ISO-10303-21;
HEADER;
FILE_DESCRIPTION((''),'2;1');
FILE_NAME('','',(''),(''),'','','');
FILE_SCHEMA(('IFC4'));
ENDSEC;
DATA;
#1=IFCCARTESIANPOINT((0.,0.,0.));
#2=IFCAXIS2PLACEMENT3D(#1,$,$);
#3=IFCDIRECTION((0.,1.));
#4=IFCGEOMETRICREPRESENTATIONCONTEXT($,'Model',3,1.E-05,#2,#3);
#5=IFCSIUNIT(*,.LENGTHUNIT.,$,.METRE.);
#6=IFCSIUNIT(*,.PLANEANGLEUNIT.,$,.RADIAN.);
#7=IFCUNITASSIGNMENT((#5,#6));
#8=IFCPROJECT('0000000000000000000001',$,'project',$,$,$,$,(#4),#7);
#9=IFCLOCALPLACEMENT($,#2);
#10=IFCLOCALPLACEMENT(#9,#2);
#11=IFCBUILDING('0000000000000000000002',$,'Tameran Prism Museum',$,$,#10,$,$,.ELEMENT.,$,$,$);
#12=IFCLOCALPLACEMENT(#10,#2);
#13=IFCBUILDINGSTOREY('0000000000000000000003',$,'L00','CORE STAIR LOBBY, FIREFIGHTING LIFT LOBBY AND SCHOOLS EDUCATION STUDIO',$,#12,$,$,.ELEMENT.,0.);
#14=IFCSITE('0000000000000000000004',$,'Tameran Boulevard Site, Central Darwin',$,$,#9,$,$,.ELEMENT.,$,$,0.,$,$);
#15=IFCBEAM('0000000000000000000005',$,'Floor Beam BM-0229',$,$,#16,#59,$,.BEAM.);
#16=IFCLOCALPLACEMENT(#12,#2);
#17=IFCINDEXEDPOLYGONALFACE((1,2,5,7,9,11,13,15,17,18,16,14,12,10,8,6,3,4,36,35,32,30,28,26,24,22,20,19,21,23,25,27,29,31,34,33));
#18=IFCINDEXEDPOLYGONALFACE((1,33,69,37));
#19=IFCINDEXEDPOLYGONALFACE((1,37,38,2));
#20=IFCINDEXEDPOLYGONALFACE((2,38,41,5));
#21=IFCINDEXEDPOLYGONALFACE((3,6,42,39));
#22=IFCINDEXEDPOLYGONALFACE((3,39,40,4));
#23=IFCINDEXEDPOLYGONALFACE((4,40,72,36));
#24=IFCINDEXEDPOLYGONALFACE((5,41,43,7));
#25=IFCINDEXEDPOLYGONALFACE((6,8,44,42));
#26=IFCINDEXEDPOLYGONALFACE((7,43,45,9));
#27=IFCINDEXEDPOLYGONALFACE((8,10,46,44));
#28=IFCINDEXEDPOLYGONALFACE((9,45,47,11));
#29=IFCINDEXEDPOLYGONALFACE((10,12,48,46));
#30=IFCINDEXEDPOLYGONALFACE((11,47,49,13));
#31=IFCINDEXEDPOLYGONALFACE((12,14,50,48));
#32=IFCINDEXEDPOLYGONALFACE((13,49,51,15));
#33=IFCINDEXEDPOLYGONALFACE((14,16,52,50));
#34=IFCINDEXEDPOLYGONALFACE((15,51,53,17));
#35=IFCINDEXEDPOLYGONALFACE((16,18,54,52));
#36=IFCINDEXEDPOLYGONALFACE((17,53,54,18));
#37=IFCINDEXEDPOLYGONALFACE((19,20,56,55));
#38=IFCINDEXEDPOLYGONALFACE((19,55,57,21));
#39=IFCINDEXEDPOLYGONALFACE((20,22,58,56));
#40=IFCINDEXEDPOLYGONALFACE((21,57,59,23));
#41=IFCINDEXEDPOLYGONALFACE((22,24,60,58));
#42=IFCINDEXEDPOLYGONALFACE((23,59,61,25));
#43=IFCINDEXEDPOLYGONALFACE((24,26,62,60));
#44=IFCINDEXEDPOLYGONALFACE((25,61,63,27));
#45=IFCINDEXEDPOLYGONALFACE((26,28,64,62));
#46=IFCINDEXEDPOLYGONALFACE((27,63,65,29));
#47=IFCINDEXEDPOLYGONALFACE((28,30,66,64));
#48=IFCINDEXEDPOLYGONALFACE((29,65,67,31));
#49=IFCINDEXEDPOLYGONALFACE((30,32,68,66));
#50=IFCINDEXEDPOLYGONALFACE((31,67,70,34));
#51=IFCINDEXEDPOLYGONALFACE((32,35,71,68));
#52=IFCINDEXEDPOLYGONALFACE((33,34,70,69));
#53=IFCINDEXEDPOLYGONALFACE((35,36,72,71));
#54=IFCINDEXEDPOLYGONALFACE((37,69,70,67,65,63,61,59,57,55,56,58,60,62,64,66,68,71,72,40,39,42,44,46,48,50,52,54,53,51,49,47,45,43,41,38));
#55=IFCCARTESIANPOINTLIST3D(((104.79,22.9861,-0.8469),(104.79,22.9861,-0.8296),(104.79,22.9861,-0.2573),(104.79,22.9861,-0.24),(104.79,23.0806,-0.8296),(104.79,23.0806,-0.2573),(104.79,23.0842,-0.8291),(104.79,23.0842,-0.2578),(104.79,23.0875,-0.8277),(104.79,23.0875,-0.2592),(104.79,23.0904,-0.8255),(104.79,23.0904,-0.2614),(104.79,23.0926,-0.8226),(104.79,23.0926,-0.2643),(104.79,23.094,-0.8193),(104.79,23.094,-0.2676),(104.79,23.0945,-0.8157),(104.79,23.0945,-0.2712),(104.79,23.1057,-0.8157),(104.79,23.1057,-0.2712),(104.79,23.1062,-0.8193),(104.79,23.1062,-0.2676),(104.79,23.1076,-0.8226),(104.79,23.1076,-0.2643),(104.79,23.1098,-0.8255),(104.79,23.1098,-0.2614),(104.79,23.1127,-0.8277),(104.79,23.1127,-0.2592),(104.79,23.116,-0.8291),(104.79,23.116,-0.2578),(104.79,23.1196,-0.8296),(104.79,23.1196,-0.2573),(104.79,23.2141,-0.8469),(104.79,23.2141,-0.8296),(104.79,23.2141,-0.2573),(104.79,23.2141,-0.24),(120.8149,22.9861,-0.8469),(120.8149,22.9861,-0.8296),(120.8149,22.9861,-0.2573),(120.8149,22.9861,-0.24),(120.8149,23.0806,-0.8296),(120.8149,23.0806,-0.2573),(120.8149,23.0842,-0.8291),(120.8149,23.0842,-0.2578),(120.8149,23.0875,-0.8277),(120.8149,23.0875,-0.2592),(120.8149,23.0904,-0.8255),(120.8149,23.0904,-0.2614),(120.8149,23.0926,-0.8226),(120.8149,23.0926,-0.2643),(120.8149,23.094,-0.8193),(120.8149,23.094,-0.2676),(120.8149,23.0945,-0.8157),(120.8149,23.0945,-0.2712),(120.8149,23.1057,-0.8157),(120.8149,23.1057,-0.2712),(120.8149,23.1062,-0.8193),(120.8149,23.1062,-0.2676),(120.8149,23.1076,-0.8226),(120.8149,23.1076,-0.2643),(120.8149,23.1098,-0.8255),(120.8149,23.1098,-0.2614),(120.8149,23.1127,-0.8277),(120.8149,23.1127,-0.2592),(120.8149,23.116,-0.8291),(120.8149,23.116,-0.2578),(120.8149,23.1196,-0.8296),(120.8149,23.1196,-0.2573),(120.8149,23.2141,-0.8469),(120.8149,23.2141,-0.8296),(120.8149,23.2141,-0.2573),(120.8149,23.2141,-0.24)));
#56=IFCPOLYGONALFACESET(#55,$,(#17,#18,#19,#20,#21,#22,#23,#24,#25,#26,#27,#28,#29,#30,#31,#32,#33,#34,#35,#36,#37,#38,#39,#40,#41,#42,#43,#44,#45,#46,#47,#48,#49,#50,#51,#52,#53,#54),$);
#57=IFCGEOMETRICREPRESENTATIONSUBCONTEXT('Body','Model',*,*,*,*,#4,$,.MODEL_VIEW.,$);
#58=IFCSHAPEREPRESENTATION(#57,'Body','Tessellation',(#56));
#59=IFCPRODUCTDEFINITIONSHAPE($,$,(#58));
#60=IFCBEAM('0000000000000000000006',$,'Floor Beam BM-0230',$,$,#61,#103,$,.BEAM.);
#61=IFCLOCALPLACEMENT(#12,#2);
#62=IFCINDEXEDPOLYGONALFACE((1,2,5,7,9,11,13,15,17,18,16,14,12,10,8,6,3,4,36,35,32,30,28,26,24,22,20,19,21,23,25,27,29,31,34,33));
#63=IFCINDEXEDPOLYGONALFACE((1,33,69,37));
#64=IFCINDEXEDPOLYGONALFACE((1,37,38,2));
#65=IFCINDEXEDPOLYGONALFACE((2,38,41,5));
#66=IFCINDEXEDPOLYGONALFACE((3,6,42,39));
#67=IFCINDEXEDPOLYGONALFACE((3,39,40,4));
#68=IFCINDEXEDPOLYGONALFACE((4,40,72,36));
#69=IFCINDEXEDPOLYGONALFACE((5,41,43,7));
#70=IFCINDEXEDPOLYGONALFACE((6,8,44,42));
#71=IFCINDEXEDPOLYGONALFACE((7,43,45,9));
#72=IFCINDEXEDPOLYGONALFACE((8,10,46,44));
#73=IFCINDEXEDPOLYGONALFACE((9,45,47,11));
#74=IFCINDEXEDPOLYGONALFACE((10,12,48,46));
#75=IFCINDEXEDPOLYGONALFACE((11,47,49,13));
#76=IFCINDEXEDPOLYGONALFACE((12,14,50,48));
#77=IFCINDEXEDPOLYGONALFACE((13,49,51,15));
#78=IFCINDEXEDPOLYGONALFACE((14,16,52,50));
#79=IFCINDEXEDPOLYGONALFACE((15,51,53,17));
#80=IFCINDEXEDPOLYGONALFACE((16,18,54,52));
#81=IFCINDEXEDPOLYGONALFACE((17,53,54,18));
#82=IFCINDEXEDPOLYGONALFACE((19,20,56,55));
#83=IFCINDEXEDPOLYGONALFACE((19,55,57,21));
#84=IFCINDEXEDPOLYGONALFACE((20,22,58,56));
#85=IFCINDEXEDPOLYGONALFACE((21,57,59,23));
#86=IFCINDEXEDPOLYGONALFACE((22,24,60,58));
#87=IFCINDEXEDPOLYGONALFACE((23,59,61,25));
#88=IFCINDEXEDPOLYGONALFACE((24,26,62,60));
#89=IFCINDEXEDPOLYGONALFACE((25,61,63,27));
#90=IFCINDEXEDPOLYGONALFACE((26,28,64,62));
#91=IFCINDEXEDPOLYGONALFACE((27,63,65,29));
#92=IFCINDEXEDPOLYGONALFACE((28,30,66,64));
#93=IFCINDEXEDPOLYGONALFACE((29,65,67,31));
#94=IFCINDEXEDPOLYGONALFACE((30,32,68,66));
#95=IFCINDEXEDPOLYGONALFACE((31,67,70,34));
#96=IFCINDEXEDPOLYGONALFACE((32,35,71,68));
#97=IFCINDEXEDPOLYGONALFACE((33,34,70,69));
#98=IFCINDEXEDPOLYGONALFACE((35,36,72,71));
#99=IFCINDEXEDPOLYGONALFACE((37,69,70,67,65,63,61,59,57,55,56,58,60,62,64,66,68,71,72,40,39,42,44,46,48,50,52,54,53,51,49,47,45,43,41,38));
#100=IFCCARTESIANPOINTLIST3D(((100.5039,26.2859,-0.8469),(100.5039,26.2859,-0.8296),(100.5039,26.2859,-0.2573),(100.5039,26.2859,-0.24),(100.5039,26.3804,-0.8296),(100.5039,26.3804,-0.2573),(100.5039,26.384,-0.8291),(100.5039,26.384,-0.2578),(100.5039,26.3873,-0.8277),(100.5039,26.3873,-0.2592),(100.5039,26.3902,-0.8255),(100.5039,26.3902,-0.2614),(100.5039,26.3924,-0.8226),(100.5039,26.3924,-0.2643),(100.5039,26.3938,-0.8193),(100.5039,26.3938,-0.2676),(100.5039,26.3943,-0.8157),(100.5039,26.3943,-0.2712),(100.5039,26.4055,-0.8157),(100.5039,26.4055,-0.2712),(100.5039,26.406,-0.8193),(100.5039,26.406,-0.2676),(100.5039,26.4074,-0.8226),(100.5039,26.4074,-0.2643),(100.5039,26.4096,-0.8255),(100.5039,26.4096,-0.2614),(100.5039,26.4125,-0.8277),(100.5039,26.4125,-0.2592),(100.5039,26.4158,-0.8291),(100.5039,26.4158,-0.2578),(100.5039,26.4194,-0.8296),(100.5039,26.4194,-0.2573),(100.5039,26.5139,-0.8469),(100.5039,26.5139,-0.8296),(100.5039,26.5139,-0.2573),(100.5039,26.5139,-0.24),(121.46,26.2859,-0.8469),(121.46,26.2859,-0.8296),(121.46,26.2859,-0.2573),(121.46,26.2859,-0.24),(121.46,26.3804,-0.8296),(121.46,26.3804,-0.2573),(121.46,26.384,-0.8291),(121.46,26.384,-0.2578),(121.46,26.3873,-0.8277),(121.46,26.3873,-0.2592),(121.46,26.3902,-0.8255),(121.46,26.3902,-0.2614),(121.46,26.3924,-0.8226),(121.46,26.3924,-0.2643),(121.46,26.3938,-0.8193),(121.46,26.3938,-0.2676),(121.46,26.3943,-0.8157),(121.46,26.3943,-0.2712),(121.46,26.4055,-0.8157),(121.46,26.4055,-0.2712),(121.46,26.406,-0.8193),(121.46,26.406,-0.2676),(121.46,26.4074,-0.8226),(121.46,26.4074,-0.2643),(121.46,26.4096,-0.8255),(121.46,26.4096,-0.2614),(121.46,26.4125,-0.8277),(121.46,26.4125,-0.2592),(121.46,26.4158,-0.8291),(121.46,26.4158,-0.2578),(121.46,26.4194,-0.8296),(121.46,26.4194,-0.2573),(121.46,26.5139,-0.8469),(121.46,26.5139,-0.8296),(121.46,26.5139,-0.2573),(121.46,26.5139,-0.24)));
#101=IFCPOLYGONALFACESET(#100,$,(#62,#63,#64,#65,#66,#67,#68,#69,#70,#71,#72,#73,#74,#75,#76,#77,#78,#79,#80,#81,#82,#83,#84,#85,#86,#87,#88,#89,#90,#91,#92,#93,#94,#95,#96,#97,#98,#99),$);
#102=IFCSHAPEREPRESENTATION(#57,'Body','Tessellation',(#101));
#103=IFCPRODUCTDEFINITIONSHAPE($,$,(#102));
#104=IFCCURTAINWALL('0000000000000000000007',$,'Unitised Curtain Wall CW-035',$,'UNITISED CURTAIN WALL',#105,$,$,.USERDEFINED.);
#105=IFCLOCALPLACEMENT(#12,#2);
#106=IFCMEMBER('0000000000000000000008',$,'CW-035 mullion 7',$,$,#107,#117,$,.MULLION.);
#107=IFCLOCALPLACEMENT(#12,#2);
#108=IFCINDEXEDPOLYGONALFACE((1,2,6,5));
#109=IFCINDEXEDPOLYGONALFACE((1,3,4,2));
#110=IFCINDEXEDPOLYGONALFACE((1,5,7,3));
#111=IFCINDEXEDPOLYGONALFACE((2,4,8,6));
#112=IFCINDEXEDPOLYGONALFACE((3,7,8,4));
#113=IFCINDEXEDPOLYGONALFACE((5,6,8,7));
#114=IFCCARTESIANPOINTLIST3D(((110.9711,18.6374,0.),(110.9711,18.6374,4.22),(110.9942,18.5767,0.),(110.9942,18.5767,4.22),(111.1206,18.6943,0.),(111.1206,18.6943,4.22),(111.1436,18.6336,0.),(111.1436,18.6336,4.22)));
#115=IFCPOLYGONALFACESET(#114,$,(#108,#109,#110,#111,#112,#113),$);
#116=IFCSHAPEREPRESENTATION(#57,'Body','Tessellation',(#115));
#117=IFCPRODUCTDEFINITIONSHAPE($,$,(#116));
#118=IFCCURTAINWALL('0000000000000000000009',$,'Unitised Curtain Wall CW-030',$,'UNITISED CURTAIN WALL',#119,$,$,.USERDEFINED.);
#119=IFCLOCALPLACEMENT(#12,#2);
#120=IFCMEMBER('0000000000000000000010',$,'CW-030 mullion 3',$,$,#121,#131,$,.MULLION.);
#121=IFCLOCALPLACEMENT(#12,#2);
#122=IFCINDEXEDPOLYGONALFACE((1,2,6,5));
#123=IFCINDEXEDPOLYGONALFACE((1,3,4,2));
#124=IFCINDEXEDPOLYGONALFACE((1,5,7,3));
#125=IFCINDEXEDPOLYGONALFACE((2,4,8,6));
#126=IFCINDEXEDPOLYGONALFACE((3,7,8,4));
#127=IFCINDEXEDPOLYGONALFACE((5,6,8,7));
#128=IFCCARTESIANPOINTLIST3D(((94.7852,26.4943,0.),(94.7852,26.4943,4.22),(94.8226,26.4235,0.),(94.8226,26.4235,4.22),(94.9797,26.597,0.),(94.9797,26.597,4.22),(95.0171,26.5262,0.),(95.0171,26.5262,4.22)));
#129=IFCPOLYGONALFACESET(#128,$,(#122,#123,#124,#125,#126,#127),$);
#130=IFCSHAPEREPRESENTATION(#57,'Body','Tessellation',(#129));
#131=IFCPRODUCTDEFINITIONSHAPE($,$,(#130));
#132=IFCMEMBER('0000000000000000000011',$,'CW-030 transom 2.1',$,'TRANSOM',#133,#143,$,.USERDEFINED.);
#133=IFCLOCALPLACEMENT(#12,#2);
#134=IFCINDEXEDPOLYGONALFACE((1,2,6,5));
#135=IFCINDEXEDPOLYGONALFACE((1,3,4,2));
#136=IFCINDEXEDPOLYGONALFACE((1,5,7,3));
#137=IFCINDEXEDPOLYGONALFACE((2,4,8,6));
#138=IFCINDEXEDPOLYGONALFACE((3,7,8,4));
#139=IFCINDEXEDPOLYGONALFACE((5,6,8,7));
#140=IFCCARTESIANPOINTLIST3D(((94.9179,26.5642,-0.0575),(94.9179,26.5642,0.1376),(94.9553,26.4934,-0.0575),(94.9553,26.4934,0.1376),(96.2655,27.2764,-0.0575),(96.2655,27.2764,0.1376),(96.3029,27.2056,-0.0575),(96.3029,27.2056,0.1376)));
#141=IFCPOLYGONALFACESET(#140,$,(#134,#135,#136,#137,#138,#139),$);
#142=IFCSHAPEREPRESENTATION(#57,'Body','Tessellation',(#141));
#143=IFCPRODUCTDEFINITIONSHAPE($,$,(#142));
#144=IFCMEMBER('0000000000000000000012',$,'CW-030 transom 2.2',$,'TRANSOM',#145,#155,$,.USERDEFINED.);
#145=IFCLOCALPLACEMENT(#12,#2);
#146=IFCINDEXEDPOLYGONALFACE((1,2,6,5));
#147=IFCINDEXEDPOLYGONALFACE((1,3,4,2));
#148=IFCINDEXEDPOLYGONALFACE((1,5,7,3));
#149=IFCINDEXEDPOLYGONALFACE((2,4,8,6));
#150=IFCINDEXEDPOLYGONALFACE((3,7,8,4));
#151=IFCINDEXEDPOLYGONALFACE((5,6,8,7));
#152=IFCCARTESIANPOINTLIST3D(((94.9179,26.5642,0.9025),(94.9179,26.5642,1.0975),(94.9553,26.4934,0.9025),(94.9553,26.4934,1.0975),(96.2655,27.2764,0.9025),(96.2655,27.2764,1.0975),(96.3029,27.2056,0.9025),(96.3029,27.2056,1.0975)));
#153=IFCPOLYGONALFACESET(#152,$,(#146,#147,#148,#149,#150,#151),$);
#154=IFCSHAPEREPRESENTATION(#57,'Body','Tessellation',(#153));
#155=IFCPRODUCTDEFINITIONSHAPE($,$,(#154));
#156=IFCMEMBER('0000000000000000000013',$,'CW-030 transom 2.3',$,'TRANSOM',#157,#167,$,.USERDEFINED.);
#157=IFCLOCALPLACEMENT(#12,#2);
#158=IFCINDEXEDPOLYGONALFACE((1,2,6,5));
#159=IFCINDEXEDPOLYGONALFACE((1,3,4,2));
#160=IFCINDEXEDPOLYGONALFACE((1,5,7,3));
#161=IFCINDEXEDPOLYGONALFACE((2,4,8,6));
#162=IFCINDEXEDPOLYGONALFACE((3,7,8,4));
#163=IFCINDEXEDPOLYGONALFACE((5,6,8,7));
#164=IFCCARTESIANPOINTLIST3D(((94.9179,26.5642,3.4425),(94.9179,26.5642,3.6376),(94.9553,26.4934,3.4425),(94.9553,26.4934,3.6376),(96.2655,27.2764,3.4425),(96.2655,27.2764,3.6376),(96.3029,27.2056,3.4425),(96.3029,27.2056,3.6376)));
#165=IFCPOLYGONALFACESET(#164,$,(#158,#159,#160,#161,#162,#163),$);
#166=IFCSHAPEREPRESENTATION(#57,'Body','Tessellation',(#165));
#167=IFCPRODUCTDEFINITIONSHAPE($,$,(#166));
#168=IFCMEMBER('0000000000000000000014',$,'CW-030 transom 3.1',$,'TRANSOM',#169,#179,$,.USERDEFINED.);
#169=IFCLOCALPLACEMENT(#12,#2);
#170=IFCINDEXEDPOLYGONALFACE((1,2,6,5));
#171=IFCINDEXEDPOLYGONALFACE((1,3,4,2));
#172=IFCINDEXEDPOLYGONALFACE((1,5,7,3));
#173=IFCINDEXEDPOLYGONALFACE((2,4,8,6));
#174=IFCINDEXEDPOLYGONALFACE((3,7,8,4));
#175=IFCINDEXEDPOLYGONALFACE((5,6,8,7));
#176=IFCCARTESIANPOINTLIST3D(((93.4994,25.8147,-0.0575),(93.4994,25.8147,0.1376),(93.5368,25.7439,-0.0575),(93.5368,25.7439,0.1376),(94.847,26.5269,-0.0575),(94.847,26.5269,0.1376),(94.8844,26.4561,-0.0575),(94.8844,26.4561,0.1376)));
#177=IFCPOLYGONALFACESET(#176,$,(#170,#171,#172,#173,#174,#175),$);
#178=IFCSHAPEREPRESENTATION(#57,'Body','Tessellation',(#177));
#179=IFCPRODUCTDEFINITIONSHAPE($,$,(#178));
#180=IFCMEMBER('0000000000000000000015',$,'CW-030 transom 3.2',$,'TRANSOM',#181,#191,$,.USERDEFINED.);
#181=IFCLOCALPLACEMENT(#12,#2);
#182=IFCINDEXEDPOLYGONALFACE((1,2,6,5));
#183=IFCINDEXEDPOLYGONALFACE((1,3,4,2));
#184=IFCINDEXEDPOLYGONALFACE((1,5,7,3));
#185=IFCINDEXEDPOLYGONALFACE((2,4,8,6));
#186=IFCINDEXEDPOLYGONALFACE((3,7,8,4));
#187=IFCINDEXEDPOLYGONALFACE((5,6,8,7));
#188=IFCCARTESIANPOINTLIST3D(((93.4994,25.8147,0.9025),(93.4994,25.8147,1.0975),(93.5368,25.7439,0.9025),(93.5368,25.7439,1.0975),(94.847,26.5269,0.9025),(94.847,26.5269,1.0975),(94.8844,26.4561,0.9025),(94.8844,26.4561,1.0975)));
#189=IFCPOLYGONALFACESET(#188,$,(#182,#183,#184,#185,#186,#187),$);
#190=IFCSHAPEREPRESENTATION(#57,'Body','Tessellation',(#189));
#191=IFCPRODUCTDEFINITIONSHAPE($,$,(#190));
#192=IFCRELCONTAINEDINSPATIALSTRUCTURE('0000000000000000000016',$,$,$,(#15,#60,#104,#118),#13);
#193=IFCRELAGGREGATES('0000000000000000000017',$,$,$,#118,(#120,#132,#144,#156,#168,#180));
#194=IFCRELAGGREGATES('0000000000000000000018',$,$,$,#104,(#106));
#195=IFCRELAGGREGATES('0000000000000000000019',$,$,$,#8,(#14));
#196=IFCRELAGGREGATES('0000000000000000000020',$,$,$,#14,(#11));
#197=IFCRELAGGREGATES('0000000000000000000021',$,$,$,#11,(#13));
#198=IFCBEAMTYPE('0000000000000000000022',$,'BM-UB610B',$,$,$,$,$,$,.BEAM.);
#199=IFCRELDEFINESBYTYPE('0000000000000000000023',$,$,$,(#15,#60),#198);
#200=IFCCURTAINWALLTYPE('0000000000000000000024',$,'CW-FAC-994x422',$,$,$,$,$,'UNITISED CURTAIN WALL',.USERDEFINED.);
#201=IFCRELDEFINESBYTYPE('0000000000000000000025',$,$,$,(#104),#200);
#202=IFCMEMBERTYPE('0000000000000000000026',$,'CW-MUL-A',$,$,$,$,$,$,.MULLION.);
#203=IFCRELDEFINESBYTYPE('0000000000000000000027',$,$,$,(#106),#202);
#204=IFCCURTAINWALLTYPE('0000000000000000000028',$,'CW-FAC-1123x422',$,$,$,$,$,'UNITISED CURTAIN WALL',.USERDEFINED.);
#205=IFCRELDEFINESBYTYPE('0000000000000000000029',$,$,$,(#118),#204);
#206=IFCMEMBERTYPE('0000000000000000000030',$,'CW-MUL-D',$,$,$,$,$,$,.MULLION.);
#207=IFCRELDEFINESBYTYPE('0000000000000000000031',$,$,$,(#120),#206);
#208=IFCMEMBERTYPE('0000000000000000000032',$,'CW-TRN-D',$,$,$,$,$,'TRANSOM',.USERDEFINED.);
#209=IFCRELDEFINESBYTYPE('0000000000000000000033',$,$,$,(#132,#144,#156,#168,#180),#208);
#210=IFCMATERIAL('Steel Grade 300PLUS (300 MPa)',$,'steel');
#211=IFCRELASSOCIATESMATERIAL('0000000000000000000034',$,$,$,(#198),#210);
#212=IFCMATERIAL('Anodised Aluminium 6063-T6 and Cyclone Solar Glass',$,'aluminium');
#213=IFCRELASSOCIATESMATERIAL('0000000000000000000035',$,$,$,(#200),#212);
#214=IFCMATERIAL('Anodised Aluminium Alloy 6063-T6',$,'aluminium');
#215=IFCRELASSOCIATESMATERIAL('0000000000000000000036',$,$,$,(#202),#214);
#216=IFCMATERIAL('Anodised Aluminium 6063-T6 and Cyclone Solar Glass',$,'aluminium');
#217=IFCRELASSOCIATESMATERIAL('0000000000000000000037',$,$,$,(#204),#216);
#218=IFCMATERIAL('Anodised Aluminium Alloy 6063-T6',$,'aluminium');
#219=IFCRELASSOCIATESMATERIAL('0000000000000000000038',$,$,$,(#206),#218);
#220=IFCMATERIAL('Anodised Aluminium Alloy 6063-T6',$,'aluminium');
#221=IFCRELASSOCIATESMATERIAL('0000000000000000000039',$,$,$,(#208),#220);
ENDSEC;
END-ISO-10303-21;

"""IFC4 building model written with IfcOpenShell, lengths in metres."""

from ifc_helpers import new_model, si_unit, direction, frame, origin, origin_2d, place, context, subcontext, project, spatial, rectangle, i_section, extrude, material, material_profile, profile_set, type_object, element, aggregate, save


model = new_model("IFC4")

# Units and contexts
model_context = context("Model", 3, precision=1e-05, world=origin(), true_north=direction((0.0, 1.0)))
body_context = subcontext(model_context, "Body", "Model", "MODEL_VIEW")
ifc_project = project(units=[si_unit("LENGTHUNIT", "METRE"), si_unit("PLANEANGLEUNIT", "RADIAN")], contexts=[model_context])

# Site, building, storey
site_placement = place(None, origin())
site = spatial("IfcSite", under=ifc_project, at=site_placement, Name="Tameran Boulevard Site, Central Darwin", CompositionType="ELEMENT", RefElevation=0.0)
building_placement = place(site_placement, origin())
building = spatial("IfcBuilding", under=site, at=building_placement, Name="Tameran Prism Museum", CompositionType="ELEMENT")
storey_placement = place(building_placement, origin())
storey = spatial("IfcBuildingStorey", under=building, at=storey_placement, Name="L00", Description="CORE STAIR LOBBY, FIREFIGHTING LIFT LOBBY AND SCHOOLS EDUCATION STUDIO", CompositionType="ELEMENT", Elevation=0.0)

# Beams
ifc_material_1 = material(Name="Steel Grade 300PLUS (300 MPa)", Category="steel")
ifc_material_profile_1 = material_profile(ifc_material_1, i_section(OverallWidth=0.228, OverallDepth=0.6069, WebThickness=0.0112, FlangeThickness=0.0173, FilletRadius=0.0139, at=origin_2d()))
ifc_profile_set_1 = profile_set([ifc_material_profile_1])
beam_type_1 = type_object("IfcBeamType", Name="BM-UB610B", PredefinedType="BEAM", material=ifc_profile_set_1)
beam_1_placement = place(storey_placement, frame((104.79, 23.1001, -0.5435), z_axis=(1.0, 0.0, 0.0), x_axis=(0.0, 1.0, 0.0)))
element("IfcBeam", 1, at=beam_1_placement, inside=storey, type_object=beam_type_1, Name="Floor Beam BM-0229", PredefinedType="BEAM", context=body_context, shape_type="SweptSolid", body=[
    extrude(i_section(OverallWidth=0.228, OverallDepth=0.6069, WebThickness=0.0112, FlangeThickness=0.0173, FilletRadius=0.0139, at=origin_2d()), origin(), (0.0, 0.0, 1.0), 16.0249),
])
beam_2_placement = place(storey_placement, frame((100.5039, 26.3999, -0.5435), z_axis=(1.0, 0.0, 0.0), x_axis=(0.0, 1.0, 0.0)))
element("IfcBeam", 2, at=beam_2_placement, inside=storey, type_object=beam_type_1, Name="Floor Beam BM-0230", PredefinedType="BEAM", context=body_context, shape_type="SweptSolid", body=[
    extrude(i_section(OverallWidth=0.228, OverallDepth=0.6069, WebThickness=0.0112, FlangeThickness=0.0173, FilletRadius=0.0139, at=origin_2d()), origin(), (0.0, 0.0, 1.0), 20.9561),
])

# Curtain wall, member
ifc_material_2 = material(Name="Anodised Aluminium 6063-T6 and Cyclone Solar Glass", Category="aluminium")
curtain_wall_type_1 = type_object("IfcCurtainWallType", Name="CW-FAC-994x422", ElementType="UNITISED CURTAIN WALL", PredefinedType="USERDEFINED", material=ifc_material_2)
curtain_wall_1_placement = place(storey_placement, origin())
curtain_wall_1 = element("IfcCurtainWall", 3, at=curtain_wall_1_placement, inside=storey, type_object=curtain_wall_type_1, Name="Unitised Curtain Wall CW-035", ObjectType="UNITISED CURTAIN WALL", PredefinedType="USERDEFINED")
ifc_material_3 = material(Name="Anodised Aluminium Alloy 6063-T6", Category="aluminium")
ifc_material_profile_2 = material_profile(ifc_material_3, rectangle(XDim=0.0649, YDim=0.1599, at=origin_2d()))
ifc_profile_set_2 = profile_set([ifc_material_profile_2])
member_type_1 = type_object("IfcMemberType", Name="CW-MUL-A", PredefinedType="MULLION", material=ifc_profile_set_2)
member_1_placement = place(storey_placement, frame((111.0574, 18.6355, 0.0), z_axis=(0.0, 0.0, 1.0), x_axis=(0.355288, -0.934757, 0.0)))
member_1 = element("IfcMember", 4, at=member_1_placement, type_object=member_type_1, Name="CW-035 mullion 7", PredefinedType="MULLION", context=body_context, shape_type="SweptSolid", body=[
    extrude(rectangle(XDim=0.0649, YDim=0.1599, at=origin_2d()), origin(), (0.0, 0.0, 1.0), 4.22),
])

# Curtain wall, members
ifc_material_4 = material(Name="Anodised Aluminium 6063-T6 and Cyclone Solar Glass", Category="aluminium")
curtain_wall_type_2 = type_object("IfcCurtainWallType", Name="CW-FAC-1123x422", ElementType="UNITISED CURTAIN WALL", PredefinedType="USERDEFINED", material=ifc_material_4)
curtain_wall_2_placement = place(storey_placement, origin())
curtain_wall_2 = element("IfcCurtainWall", 5, at=curtain_wall_2_placement, inside=storey, type_object=curtain_wall_type_2, Name="Unitised Curtain Wall CW-030", ObjectType="UNITISED CURTAIN WALL", PredefinedType="USERDEFINED")
ifc_material_5 = material(Name="Anodised Aluminium Alloy 6063-T6", Category="aluminium")
ifc_material_profile_3 = material_profile(ifc_material_5, rectangle(XDim=0.0801, YDim=0.22, at=origin_2d()))
ifc_profile_set_3 = profile_set([ifc_material_profile_3])
member_type_2 = type_object("IfcMemberType", Name="CW-MUL-D", PredefinedType="MULLION", material=ifc_profile_set_3)
member_2_placement = place(storey_placement, frame((94.9011, 26.5103, 0.0), z_axis=(0.0, 0.0, 1.0), x_axis=(0.467155, -0.884175, 0.0)))
member_2 = element("IfcMember", 6, at=member_2_placement, type_object=member_type_2, Name="CW-030 mullion 3", PredefinedType="MULLION", context=body_context, shape_type="SweptSolid", body=[
    extrude(rectangle(XDim=0.0801, YDim=0.22, at=origin_2d()), origin(), (0.0, 0.0, 1.0), 4.22),
])
ifc_material_6 = material(Name="Anodised Aluminium Alloy 6063-T6", Category="aluminium")
ifc_material_profile_4 = material_profile(ifc_material_6, rectangle(XDim=0.0801, YDim=0.1951, at=origin_2d()))
ifc_profile_set_4 = profile_set([ifc_material_profile_4])
member_type_3 = type_object("IfcMemberType", Name="CW-TRN-D", ElementType="TRANSOM", PredefinedType="USERDEFINED", material=ifc_profile_set_4)
member_3_placement = place(storey_placement, frame((96.2842, 27.241, 0.04), z_axis=(-0.884142, -0.467218, 0.0), x_axis=(0.467218, -0.884142, 0.0)))
member_3 = element("IfcMember", 7, at=member_3_placement, type_object=member_type_3, Name="CW-030 transom 2.1", ObjectType="TRANSOM", PredefinedType="USERDEFINED", context=body_context, shape_type="SweptSolid", body=[
    extrude(rectangle(XDim=0.0801, YDim=0.1951, at=origin_2d()), origin(), (0.0, 0.0, 1.0), 1.5242),
])
member_4_placement = place(storey_placement, frame((96.2842, 27.241, 1.0), z_axis=(-0.884142, -0.467218, 0.0), x_axis=(0.467218, -0.884142, 0.0)))
member_4 = element("IfcMember", 8, at=member_4_placement, type_object=member_type_3, Name="CW-030 transom 2.2", ObjectType="TRANSOM", PredefinedType="USERDEFINED", context=body_context, shape_type="SweptSolid", body=[
    extrude(rectangle(XDim=0.0801, YDim=0.1951, at=origin_2d()), origin(), (0.0, 0.0, 1.0), 1.5242),
])
member_5_placement = place(storey_placement, frame((96.2842, 27.241, 3.54), z_axis=(-0.884142, -0.467218, 0.0), x_axis=(0.467218, -0.884142, 0.0)))
member_5 = element("IfcMember", 9, at=member_5_placement, type_object=member_type_3, Name="CW-030 transom 2.3", ObjectType="TRANSOM", PredefinedType="USERDEFINED", context=body_context, shape_type="SweptSolid", body=[
    extrude(rectangle(XDim=0.0801, YDim=0.1951, at=origin_2d()), origin(), (0.0, 0.0, 1.0), 1.5242),
])
member_6_placement = place(storey_placement, frame((94.8657, 26.4915, 0.04), z_axis=(-0.884142, -0.467218, 0.0), x_axis=(0.467218, -0.884142, 0.0)))
member_6 = element("IfcMember", 10, at=member_6_placement, type_object=member_type_3, Name="CW-030 transom 3.1", ObjectType="TRANSOM", PredefinedType="USERDEFINED", context=body_context, shape_type="SweptSolid", body=[
    extrude(rectangle(XDim=0.0801, YDim=0.1951, at=origin_2d()), origin(), (0.0, 0.0, 1.0), 1.5242),
])
member_7_placement = place(storey_placement, frame((94.8657, 26.4915, 1.0), z_axis=(-0.884142, -0.467218, 0.0), x_axis=(0.467218, -0.884142, 0.0)))
member_7 = element("IfcMember", 11, at=member_7_placement, type_object=member_type_3, Name="CW-030 transom 3.2", ObjectType="TRANSOM", PredefinedType="USERDEFINED", context=body_context, shape_type="SweptSolid", body=[
    extrude(rectangle(XDim=0.0801, YDim=0.1951, at=origin_2d()), origin(), (0.0, 0.0, 1.0), 1.5242),
])
aggregate(curtain_wall_2, [member_2, member_3, member_4, member_5, member_6, member_7])

aggregate(curtain_wall_1, [member_1])

save(model, "model.ifc")
